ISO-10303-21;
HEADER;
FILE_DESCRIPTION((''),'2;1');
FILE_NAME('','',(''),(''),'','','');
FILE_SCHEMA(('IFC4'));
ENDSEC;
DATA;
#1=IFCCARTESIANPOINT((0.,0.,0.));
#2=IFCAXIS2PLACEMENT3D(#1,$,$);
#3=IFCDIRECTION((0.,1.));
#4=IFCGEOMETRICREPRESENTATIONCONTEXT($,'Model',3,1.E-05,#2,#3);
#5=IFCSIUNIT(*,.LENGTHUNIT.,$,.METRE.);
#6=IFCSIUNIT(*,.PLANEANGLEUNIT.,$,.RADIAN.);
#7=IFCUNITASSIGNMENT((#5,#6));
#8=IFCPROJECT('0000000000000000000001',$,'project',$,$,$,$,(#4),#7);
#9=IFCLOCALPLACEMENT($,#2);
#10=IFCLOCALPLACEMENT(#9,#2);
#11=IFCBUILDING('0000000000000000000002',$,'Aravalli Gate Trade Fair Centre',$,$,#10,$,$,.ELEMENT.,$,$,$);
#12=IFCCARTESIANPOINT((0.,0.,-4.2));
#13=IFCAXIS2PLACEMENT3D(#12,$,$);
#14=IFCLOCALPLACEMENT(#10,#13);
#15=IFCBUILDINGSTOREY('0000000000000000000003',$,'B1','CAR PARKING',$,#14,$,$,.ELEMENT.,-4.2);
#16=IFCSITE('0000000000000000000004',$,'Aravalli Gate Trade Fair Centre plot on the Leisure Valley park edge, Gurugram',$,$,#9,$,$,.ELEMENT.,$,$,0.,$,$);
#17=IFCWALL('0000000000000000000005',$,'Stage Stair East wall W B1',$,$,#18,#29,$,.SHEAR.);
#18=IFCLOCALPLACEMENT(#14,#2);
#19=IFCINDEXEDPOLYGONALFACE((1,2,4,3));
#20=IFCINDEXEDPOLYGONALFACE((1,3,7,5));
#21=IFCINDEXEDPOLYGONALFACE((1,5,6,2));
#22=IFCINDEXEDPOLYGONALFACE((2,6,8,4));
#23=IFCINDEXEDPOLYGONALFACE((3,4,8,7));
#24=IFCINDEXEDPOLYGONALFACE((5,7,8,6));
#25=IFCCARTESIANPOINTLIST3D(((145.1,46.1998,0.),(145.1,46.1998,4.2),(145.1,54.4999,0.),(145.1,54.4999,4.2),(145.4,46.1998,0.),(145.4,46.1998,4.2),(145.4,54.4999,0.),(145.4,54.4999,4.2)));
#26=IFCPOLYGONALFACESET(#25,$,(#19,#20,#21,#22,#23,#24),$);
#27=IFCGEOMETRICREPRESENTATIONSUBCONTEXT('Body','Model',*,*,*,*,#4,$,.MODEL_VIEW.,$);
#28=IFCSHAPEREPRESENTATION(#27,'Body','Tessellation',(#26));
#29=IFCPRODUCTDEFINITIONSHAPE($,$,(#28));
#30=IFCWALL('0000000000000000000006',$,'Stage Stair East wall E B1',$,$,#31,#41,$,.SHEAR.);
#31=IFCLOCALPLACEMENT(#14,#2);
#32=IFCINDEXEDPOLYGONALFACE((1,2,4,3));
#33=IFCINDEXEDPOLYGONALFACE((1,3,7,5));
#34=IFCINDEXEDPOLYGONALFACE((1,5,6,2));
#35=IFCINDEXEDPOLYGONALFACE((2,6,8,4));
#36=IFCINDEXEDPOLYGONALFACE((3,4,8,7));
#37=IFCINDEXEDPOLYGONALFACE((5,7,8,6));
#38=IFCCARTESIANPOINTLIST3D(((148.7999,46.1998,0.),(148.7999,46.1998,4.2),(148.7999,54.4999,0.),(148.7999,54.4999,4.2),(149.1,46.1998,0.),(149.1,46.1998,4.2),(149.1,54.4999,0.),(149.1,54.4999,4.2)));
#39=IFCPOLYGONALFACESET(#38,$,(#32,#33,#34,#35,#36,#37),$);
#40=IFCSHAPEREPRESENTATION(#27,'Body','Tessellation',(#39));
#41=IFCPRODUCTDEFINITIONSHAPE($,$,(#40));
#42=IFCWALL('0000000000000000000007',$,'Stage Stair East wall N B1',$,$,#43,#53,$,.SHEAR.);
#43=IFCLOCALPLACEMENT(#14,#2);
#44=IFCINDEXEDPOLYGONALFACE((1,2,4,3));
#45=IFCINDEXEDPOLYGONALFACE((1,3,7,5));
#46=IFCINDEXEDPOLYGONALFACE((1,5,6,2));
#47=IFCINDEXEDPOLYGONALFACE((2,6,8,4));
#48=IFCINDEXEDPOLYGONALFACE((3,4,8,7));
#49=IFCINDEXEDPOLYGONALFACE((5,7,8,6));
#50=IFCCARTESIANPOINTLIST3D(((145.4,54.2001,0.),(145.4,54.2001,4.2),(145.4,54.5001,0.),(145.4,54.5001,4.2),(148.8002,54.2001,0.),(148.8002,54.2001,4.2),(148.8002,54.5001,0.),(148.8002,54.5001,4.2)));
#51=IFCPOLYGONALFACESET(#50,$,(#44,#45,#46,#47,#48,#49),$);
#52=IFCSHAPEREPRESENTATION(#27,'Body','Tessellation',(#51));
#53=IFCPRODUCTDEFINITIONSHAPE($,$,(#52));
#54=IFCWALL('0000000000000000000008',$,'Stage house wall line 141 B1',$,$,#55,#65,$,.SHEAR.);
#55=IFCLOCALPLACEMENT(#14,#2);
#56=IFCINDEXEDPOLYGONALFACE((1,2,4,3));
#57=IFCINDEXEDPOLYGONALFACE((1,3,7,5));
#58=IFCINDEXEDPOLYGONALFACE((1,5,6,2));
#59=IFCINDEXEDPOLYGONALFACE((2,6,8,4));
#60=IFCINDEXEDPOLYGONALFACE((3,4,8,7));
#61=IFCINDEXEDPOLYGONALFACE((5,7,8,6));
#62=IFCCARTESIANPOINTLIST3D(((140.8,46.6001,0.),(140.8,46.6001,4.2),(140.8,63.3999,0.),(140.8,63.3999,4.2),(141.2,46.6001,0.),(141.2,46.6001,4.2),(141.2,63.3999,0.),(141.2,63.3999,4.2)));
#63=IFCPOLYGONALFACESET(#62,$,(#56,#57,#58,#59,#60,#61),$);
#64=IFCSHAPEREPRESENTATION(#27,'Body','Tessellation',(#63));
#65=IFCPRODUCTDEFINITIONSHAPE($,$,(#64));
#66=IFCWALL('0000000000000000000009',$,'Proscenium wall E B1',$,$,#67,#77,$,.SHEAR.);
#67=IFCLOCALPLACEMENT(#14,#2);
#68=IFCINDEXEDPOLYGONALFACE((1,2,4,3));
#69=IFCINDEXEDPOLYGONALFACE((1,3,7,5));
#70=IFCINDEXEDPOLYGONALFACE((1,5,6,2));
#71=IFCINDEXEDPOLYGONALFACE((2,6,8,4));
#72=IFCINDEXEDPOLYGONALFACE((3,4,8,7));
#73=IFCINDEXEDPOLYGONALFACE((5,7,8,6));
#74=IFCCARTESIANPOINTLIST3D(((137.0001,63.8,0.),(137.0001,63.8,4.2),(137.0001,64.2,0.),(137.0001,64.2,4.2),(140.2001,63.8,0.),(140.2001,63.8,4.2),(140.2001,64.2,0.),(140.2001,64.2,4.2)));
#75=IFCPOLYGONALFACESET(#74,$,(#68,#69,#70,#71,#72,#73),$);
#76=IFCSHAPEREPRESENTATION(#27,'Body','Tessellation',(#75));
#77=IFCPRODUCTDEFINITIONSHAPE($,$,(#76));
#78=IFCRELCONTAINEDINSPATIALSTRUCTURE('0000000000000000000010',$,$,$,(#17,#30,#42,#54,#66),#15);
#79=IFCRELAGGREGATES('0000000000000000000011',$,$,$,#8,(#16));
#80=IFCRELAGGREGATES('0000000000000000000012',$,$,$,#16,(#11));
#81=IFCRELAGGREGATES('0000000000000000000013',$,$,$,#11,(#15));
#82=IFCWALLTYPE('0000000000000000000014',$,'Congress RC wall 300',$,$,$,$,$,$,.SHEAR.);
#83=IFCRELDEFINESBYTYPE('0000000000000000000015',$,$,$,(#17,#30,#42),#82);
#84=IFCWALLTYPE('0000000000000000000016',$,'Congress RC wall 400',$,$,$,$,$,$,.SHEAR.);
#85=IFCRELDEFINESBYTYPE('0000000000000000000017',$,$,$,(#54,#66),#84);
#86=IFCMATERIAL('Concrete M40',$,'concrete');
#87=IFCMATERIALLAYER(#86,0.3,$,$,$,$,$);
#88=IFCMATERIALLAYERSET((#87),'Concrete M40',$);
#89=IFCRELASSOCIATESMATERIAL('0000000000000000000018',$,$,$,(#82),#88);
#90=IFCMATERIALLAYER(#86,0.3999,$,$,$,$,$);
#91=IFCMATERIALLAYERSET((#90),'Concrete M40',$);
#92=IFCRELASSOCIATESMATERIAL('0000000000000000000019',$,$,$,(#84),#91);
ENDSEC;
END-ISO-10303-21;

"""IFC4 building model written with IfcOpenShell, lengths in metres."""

from ifc_helpers import new_model, si_unit, direction, frame, frame_2d, origin, place, context, subcontext, project, spatial, rectangle, extrude, material, layer, layer_set, type_object, element, save


model = new_model("IFC4")

# Units and contexts
model_context = context("Model", 3, precision=1e-05, world=origin(), true_north=direction((0.0, 1.0)))
body_context = subcontext(model_context, "Body", "Model", "MODEL_VIEW")
ifc_project = project(units=[si_unit("LENGTHUNIT", "METRE"), si_unit("PLANEANGLEUNIT", "RADIAN")], contexts=[model_context])

# Site, building, storey
site_placement = place(None, origin())
site = spatial("IfcSite", under=ifc_project, at=site_placement, Name="Aravalli Gate Trade Fair Centre plot on the Leisure Valley park edge, Gurugram", CompositionType="ELEMENT", RefElevation=0.0)
building_placement = place(site_placement, origin())
building = spatial("IfcBuilding", under=site, at=building_placement, Name="Aravalli Gate Trade Fair Centre", CompositionType="ELEMENT")
storey_placement = place(building_placement, frame((0.0, 0.0, -4.2)))
storey = spatial("IfcBuildingStorey", under=building, at=storey_placement, Name="B1", Description="CAR PARKING", CompositionType="ELEMENT", Elevation=-4.2)

# Shared definitions
ifc_material_1 = material(Name="Concrete M40", Category="concrete")

# Walls
ifc_layer_1 = layer(ifc_material_1, 0.3)
ifc_layer_set_1 = layer_set([ifc_layer_1], Name="Concrete M40")
wall_type_1 = type_object("IfcWallType", Name="Congress RC wall 300", PredefinedType="SHEAR", material=ifc_layer_set_1)
for number, where, z_axis, x_axis, name in (
    (1, (145.25, 46.2, 0.0), (0.0, 0.0, 1.0), (0.0, 1.0, 0.0), "Stage Stair East wall W B1"),
    (2, (148.95, 46.2, 0.0), (0.0, 0.0, 1.0), (0.0, 1.0, 0.0), "Stage Stair East wall E B1"),
):
    element("IfcWall", number, at=place(storey_placement, frame(where, z_axis=z_axis, x_axis=x_axis)), inside=storey, type_object=wall_type_1, Name=name, PredefinedType="SHEAR", context=body_context, shape_type="SweptSolid", body=[
        extrude(rectangle(XDim=8.3, YDim=0.3, at=frame_2d((4.1499, 0.0))), origin(), (0.0, 0.0, 1.0), 4.2),
    ])
wall_1_placement = place(storey_placement, frame((145.3999, 54.3501, 0.0), z_axis=(0.0, 0.0, 1.0), x_axis=(1.0, 0.0, 0.0)))
element("IfcWall", 3, at=wall_1_placement, inside=storey, type_object=wall_type_1, Name="Stage Stair East wall N B1", PredefinedType="SHEAR", context=body_context, shape_type="SweptSolid", body=[
    extrude(rectangle(XDim=3.4001, YDim=0.3, at=frame_2d((1.7002, 0.0))), origin(), (0.0, 0.0, 1.0), 4.2),
])
ifc_layer_2 = layer(ifc_material_1, 0.3999)
ifc_layer_set_2 = layer_set([ifc_layer_2], Name="Concrete M40")
wall_type_2 = type_object("IfcWallType", Name="Congress RC wall 400", PredefinedType="SHEAR", material=ifc_layer_set_2)
wall_2_placement = place(storey_placement, frame((141.0, 46.6001, 0.0), z_axis=(0.0, 0.0, 1.0), x_axis=(0.0, 1.0, 0.0)))
element("IfcWall", 4, at=wall_2_placement, inside=storey, type_object=wall_type_2, Name="Stage house wall line 141 B1", PredefinedType="SHEAR", context=body_context, shape_type="SweptSolid", body=[
    extrude(rectangle(XDim=16.7998, YDim=0.3999, at=frame_2d((8.3999, 0.0))), origin(), (0.0, 0.0, 1.0), 4.2),
])
wall_3_placement = place(storey_placement, frame((137.0, 64.0, 0.0), z_axis=(0.0, 0.0, 1.0), x_axis=(1.0, 0.0, 0.0)))
element("IfcWall", 5, at=wall_3_placement, inside=storey, type_object=wall_type_2, Name="Proscenium wall E B1", PredefinedType="SHEAR", context=body_context, shape_type="SweptSolid", body=[
    extrude(rectangle(XDim=3.2, YDim=0.3999, at=frame_2d((1.6001, 0.0))), origin(), (0.0, 0.0, 1.0), 4.2),
])

save(model, "model.ifc")
